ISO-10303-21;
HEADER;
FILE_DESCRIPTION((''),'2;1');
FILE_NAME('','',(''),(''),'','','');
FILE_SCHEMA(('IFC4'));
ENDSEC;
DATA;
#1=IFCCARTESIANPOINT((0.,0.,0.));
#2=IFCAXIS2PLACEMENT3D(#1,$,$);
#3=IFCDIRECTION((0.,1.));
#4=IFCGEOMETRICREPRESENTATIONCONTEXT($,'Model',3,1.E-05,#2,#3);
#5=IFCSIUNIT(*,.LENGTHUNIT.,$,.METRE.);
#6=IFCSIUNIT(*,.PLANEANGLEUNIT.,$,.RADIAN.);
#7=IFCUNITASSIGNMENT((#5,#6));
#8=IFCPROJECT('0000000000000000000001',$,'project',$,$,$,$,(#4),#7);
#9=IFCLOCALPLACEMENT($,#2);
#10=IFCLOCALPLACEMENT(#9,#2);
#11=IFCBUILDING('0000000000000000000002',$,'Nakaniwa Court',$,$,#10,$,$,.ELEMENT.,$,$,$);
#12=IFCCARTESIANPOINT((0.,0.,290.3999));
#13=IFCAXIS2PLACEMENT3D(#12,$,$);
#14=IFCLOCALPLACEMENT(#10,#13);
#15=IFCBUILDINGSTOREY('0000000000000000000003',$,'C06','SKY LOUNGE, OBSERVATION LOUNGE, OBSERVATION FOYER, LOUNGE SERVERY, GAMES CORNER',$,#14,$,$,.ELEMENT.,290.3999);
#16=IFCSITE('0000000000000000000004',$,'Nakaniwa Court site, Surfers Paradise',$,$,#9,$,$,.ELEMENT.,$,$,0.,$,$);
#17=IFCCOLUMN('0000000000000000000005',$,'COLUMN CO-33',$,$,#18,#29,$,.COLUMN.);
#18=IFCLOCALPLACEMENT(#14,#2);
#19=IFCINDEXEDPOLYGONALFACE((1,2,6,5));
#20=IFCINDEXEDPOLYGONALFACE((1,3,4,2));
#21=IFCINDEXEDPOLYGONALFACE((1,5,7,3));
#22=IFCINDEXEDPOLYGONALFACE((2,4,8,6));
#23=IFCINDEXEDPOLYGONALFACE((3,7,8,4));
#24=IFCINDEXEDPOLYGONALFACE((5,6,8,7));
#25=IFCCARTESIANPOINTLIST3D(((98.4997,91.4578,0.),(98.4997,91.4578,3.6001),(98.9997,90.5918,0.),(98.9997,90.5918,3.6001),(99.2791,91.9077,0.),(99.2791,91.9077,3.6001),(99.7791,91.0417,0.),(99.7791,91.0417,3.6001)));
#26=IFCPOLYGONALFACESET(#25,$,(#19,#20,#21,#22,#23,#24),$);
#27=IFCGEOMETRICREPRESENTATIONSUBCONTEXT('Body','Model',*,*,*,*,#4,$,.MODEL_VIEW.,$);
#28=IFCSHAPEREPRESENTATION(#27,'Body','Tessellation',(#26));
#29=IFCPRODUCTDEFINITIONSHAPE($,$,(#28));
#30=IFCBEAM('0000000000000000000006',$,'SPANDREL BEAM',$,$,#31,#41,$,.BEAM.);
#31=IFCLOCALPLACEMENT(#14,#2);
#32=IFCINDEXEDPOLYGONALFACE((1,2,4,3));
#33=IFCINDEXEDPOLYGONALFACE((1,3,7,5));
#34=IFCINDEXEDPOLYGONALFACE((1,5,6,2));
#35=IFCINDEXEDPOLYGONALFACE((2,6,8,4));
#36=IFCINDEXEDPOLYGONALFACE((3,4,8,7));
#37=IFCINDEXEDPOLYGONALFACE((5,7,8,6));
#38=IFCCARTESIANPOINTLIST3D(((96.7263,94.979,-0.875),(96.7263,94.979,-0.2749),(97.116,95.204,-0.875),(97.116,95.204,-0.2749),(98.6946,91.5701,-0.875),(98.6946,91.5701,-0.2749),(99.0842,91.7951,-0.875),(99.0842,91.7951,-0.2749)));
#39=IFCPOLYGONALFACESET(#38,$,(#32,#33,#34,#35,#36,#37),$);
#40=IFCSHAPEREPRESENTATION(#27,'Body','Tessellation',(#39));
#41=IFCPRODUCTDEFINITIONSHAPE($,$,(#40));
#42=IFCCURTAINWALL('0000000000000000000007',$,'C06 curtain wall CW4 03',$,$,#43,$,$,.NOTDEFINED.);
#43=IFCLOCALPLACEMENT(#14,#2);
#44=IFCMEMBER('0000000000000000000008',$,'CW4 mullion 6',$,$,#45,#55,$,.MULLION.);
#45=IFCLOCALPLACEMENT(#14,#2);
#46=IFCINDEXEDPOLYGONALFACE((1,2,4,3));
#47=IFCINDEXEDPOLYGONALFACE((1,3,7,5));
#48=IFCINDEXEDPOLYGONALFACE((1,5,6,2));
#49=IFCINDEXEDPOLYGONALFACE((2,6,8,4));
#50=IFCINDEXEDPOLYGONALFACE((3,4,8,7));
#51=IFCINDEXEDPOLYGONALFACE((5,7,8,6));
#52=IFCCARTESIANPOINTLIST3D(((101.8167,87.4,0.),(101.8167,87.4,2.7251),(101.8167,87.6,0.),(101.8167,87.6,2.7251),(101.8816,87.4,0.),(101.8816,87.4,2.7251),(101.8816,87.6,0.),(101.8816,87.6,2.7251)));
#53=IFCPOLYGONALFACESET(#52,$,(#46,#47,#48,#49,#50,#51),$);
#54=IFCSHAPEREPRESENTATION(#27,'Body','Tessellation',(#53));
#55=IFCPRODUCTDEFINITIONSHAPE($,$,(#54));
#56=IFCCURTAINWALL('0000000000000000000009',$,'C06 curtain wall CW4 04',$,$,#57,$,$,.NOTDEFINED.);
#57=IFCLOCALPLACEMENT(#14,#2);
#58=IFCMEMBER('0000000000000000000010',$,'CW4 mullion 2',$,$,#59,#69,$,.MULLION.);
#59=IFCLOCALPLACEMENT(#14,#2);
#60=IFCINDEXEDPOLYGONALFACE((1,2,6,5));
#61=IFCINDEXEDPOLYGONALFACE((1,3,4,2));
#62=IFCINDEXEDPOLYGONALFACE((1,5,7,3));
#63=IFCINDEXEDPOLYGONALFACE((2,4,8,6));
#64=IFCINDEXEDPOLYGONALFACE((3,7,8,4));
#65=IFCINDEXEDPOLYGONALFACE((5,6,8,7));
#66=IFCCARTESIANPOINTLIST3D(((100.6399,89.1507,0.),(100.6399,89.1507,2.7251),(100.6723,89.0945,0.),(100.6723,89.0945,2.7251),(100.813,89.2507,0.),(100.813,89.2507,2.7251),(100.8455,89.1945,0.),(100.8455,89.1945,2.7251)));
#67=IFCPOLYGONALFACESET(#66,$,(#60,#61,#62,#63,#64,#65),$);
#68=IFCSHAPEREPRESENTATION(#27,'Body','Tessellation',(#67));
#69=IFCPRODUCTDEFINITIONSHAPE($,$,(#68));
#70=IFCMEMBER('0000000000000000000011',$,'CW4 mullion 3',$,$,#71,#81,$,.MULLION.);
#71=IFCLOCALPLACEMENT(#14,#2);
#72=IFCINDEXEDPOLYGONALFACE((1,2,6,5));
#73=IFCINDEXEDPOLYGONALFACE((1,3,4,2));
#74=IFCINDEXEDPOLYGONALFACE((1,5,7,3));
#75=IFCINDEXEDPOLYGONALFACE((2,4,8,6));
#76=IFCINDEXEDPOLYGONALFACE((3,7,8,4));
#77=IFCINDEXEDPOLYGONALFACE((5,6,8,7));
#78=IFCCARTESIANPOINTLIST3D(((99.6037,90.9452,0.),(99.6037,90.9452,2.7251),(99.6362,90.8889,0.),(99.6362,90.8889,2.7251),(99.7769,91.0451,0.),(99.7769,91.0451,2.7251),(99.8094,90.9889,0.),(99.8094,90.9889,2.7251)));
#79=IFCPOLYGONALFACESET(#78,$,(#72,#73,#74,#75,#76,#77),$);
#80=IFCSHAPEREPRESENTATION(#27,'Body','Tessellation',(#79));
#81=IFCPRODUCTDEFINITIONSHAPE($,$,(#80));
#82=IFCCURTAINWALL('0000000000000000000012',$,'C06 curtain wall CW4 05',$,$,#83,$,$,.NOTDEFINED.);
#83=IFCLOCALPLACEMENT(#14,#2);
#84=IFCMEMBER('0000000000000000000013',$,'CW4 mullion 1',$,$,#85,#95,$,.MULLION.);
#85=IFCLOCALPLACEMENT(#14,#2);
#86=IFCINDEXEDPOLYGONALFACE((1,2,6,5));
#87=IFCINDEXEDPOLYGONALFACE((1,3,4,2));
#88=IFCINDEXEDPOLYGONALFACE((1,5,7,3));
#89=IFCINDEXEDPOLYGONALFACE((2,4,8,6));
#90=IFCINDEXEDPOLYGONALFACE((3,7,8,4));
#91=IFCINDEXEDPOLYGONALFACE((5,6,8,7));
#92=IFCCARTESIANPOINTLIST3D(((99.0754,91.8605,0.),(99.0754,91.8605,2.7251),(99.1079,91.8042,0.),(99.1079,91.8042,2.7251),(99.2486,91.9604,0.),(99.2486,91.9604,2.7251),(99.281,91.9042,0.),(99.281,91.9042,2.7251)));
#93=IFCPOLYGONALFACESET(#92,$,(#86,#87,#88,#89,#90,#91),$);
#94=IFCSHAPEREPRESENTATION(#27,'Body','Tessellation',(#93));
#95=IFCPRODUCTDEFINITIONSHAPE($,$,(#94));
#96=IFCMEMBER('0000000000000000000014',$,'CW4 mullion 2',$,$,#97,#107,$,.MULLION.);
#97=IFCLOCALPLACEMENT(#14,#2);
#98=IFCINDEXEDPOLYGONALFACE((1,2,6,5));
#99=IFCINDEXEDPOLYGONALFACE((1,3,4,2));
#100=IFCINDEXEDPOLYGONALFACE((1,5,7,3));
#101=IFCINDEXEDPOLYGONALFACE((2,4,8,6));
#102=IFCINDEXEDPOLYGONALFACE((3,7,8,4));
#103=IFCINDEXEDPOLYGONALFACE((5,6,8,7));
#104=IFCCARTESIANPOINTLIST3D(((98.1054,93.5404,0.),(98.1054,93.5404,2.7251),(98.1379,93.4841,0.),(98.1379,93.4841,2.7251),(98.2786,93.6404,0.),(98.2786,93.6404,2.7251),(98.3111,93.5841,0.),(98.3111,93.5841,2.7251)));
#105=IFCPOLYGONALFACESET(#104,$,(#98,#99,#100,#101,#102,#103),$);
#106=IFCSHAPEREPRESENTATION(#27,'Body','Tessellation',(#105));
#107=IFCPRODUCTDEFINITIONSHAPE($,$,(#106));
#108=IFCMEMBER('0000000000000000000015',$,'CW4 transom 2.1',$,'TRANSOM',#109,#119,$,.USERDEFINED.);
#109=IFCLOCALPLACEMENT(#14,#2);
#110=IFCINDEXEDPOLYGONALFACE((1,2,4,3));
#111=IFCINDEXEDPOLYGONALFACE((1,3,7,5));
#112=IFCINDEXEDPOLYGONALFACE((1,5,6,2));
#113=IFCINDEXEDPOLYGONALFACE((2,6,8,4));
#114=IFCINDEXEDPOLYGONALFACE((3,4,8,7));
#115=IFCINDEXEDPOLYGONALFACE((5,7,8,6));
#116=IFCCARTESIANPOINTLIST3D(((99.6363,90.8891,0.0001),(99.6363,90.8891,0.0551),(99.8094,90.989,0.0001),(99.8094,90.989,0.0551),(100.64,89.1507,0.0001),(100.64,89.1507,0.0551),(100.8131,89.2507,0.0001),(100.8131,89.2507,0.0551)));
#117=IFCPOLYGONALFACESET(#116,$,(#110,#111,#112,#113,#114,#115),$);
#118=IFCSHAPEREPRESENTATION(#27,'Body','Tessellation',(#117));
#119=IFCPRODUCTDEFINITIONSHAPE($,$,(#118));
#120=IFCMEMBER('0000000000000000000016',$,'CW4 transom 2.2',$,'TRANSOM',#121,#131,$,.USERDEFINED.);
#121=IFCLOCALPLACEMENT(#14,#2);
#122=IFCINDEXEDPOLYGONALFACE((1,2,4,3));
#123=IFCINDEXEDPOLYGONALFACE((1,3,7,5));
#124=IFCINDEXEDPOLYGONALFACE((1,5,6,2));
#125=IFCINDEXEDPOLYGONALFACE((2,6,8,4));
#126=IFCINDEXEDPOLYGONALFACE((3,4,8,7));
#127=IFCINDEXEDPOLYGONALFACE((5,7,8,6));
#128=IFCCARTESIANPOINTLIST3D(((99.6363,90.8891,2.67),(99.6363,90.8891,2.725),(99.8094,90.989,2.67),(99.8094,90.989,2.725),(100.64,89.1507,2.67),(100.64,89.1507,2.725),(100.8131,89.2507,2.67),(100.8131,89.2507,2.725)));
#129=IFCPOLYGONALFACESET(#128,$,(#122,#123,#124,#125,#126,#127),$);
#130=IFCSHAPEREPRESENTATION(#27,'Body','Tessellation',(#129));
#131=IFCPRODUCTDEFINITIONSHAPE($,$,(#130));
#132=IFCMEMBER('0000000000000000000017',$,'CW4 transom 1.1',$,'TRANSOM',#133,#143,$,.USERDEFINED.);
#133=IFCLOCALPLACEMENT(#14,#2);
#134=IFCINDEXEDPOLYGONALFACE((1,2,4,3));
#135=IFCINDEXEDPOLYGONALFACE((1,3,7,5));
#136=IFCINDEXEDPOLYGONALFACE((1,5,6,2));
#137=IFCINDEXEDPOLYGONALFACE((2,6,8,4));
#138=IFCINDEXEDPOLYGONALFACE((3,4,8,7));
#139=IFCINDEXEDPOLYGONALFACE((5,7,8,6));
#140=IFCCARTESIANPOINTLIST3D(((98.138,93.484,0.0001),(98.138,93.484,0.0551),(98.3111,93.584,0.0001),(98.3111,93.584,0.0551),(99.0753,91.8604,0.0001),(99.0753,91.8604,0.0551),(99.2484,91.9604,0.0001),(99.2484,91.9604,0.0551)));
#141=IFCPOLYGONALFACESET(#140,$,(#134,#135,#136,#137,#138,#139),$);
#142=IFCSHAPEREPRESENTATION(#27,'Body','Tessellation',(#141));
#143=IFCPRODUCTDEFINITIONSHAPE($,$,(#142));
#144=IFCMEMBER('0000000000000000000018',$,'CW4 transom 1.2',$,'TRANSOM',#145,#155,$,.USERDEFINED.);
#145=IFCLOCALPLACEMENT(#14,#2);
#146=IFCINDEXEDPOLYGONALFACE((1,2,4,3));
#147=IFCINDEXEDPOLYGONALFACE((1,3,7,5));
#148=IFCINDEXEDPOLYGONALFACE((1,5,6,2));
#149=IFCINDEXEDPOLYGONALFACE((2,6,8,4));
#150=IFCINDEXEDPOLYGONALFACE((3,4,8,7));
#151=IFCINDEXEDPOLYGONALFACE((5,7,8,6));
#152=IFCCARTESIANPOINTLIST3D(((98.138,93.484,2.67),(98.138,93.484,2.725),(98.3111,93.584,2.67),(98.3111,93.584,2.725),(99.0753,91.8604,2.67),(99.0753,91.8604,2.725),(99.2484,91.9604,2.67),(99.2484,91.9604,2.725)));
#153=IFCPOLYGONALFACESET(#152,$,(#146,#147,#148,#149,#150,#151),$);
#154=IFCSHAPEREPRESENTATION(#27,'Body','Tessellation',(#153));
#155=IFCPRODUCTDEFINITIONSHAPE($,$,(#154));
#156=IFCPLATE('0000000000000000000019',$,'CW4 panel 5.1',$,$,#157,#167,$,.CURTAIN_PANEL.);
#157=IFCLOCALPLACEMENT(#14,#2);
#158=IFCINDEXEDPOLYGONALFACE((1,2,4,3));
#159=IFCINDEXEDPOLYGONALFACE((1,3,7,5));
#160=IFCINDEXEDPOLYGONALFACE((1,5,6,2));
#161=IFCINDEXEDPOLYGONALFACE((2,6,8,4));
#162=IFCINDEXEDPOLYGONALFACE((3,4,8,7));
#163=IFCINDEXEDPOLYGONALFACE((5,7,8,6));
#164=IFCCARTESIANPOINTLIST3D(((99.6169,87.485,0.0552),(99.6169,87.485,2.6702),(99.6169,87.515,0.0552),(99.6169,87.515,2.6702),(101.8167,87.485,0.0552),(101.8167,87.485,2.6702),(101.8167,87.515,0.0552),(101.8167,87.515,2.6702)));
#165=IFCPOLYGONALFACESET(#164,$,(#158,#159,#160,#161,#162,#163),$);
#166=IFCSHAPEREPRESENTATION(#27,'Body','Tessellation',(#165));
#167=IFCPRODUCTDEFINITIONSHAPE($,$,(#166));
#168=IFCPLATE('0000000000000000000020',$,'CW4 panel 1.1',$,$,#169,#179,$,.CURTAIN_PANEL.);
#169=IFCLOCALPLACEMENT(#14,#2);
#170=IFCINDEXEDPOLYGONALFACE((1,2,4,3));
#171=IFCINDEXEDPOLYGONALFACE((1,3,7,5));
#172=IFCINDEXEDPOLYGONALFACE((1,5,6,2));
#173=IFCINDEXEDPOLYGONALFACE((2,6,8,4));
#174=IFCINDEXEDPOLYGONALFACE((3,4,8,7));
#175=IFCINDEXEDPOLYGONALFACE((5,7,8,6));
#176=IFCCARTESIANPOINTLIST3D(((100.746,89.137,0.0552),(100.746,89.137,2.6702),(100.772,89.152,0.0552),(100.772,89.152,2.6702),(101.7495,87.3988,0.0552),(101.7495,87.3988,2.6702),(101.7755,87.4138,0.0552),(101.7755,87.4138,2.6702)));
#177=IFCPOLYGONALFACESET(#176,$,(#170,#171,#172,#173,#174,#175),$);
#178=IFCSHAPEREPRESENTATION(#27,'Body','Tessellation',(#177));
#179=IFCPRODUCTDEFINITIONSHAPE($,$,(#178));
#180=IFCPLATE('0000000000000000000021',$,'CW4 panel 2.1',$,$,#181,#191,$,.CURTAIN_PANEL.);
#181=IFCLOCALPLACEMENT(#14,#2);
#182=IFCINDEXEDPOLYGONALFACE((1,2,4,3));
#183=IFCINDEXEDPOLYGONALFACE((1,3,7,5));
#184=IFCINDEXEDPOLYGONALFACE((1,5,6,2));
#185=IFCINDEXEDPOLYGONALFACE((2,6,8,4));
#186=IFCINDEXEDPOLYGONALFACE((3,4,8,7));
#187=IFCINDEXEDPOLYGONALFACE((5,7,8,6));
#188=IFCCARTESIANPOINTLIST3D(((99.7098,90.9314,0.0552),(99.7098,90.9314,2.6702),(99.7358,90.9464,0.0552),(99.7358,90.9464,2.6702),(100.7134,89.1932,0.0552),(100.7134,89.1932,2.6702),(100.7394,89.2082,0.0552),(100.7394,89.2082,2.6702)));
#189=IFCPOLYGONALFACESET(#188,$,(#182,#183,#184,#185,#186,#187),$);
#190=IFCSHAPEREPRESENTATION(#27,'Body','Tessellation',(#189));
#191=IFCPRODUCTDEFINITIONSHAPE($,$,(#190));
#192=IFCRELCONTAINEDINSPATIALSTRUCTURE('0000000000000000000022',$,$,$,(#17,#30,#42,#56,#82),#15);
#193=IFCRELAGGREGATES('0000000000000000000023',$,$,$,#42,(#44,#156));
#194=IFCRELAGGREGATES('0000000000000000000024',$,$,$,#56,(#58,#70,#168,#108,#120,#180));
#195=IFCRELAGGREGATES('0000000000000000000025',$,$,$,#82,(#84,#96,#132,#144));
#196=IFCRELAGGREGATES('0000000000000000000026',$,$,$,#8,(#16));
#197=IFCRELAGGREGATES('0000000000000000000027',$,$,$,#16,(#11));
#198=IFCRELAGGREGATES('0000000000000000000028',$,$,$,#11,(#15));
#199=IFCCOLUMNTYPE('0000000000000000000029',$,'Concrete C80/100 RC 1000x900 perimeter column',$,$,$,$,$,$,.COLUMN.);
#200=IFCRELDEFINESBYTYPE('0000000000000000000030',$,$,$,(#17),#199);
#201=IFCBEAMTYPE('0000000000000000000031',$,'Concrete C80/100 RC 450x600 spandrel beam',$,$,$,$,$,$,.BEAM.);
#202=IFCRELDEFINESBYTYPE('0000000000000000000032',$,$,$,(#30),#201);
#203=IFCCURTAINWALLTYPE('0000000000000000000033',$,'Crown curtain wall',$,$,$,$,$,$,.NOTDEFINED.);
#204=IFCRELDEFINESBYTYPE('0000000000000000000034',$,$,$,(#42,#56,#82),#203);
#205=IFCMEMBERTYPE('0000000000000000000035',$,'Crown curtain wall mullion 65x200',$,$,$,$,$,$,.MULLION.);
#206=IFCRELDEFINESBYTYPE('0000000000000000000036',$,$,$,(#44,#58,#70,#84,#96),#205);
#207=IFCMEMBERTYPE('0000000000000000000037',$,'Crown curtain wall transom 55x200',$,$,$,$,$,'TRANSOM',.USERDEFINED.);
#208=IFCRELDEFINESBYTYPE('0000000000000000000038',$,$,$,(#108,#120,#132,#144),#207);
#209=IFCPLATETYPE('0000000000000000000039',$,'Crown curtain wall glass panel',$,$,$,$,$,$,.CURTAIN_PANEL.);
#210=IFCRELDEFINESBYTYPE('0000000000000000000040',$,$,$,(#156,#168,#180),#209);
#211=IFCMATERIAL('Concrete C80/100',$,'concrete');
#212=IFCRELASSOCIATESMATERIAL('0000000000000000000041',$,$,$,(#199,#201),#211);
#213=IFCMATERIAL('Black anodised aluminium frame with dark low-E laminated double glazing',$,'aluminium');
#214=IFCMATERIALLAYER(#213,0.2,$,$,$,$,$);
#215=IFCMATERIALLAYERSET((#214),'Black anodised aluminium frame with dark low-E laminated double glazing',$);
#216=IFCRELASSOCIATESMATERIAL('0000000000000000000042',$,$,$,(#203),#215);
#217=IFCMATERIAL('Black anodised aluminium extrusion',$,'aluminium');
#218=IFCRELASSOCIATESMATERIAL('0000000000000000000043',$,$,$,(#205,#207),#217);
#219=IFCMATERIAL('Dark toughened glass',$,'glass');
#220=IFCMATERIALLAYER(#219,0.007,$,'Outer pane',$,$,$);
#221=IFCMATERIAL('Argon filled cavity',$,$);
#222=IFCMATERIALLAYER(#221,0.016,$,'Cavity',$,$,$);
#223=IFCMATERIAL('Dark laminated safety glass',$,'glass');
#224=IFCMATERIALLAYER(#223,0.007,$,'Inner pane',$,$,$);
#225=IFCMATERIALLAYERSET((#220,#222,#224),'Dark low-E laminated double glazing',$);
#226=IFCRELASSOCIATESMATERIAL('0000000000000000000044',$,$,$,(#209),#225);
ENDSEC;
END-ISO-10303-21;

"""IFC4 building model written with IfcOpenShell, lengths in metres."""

from ifc_helpers import new_model, si_unit, direction, frame, origin, origin_2d, place, context, subcontext, project, spatial, rectangle, extrude, material, layer, layer_set, material_profile, profile_set, type_object, element, aggregate, save


model = new_model("IFC4")

# Units and contexts
model_context = context("Model", 3, precision=1e-05, world=origin(), true_north=direction((0.0, 1.0)))
body_context = subcontext(model_context, "Body", "Model", "MODEL_VIEW")
ifc_project = project(units=[si_unit("LENGTHUNIT", "METRE"), si_unit("PLANEANGLEUNIT", "RADIAN")], contexts=[model_context])

# Site, building, storey
site_placement = place(None, origin())
site = spatial("IfcSite", under=ifc_project, at=site_placement, Name="Nakaniwa Court site, Surfers Paradise", CompositionType="ELEMENT", RefElevation=0.0)
building_placement = place(site_placement, origin())
building = spatial("IfcBuilding", under=site, at=building_placement, Name="Nakaniwa Court", CompositionType="ELEMENT")
storey_placement = place(building_placement, frame((0.0, 0.0, 290.3999)))
storey = spatial("IfcBuildingStorey", under=building, at=storey_placement, Name="C06", Description="SKY LOUNGE, OBSERVATION LOUNGE, OBSERVATION FOYER, LOUNGE SERVERY, GAMES CORNER", CompositionType="ELEMENT", Elevation=290.3999)

# Column
ifc_material_1 = material(Name="Concrete C80/100", Category="concrete")
ifc_material_profile_1 = material_profile(ifc_material_1, rectangle(XDim=1.0, YDim=0.8999, at=origin_2d()), Name="Concrete C80/100 RC 1000x900 perimeter column")
ifc_profile_set_1 = profile_set([ifc_material_profile_1], Name="Concrete C80/100")
column_type = type_object("IfcColumnType", Name="Concrete C80/100 RC 1000x900 perimeter column", PredefinedType="COLUMN", material=ifc_profile_set_1)
column_placement = place(storey_placement, frame((99.1394, 91.2498, 0.0), z_axis=(0.0, 0.0, 1.0), x_axis=(-0.5, 0.866025, 0.0)))
element("IfcColumn", 1, at=column_placement, inside=storey, type_object=column_type, Name="COLUMN CO-33", PredefinedType="COLUMN", context=body_context, shape_type="SweptSolid", body=[
    extrude(rectangle(XDim=1.0, YDim=0.8999, at=origin_2d()), origin(), (0.0, 0.0, 1.0), 3.6001),
])

# Beam
ifc_material_profile_2 = material_profile(ifc_material_1, rectangle(XDim=0.45, YDim=0.6001, at=origin_2d()), Name="Concrete C80/100 RC 450x600 spandrel beam")
ifc_profile_set_2 = profile_set([ifc_material_profile_2], Name="Concrete C80/100")
beam_type = type_object("IfcBeamType", Name="Concrete C80/100 RC 450x600 spandrel beam", PredefinedType="BEAM", material=ifc_profile_set_2)
beam_placement = place(storey_placement, frame((98.8894, 91.6826, -0.575), z_axis=(-0.500021, 0.866013, 0.0), x_axis=(-0.866013, -0.500021, 0.0)))
element("IfcBeam", 2, at=beam_placement, inside=storey, type_object=beam_type, Name="SPANDREL BEAM", PredefinedType="BEAM", context=body_context, shape_type="SweptSolid", body=[
    extrude(rectangle(XDim=0.45, YDim=0.6001, at=origin_2d()), origin(), (0.0, 0.0, 1.0), 3.9363),
])

# Curtain wall, member
ifc_material_2 = material(Name="Black anodised aluminium frame with dark low-E laminated double glazing", Category="aluminium")
ifc_layer_1 = layer(ifc_material_2, 0.2)
ifc_layer_set_1 = layer_set([ifc_layer_1], Name="Black anodised aluminium frame with dark low-E laminated double glazing")
curtain_wall_type = type_object("IfcCurtainWallType", Name="Crown curtain wall", PredefinedType="NOTDEFINED", material=ifc_layer_set_1)
curtain_wall_1_placement = place(storey_placement, origin())
curtain_wall_1 = element("IfcCurtainWall", 3, at=curtain_wall_1_placement, inside=storey, type_object=curtain_wall_type, Name="C06 curtain wall CW4 03", PredefinedType="NOTDEFINED")
ifc_material_3 = material(Name="Black anodised aluminium extrusion", Category="aluminium")
ifc_material_profile_3 = material_profile(ifc_material_3, rectangle(XDim=0.2, YDim=0.0649, at=origin_2d()), Name="Crown curtain wall mullion 65x200")
ifc_profile_set_3 = profile_set([ifc_material_profile_3], Name="Black anodised aluminium extrusion")
member_type_1 = type_object("IfcMemberType", Name="Crown curtain wall mullion 65x200", PredefinedType="MULLION", material=ifc_profile_set_3)
member_1_placement = place(storey_placement, frame((101.8491, 87.5, 0.0), z_axis=(0.0, 0.0, 1.0), x_axis=(0.0, 1.0, 0.0)))
member_1 = element("IfcMember", 4, at=member_1_placement, type_object=member_type_1, Name="CW4 mullion 6", PredefinedType="MULLION", context=body_context, shape_type="SweptSolid", body=[
    extrude(rectangle(XDim=0.2, YDim=0.0649, at=origin_2d()), origin(), (0.0, 0.0, 1.0), 2.7251),
])

# Curtain walls, members
curtain_wall_2_placement = place(storey_placement, origin())
curtain_wall_2 = element("IfcCurtainWall", 5, at=curtain_wall_2_placement, inside=storey, type_object=curtain_wall_type, Name="C06 curtain wall CW4 04", PredefinedType="NOTDEFINED")
member_2_placement = place(storey_placement, frame((100.7427, 89.1726, 0.0), z_axis=(0.0, 0.0, 1.0), x_axis=(-0.866021, -0.500008, 0.0)))
member_2 = element("IfcMember", 6, at=member_2_placement, type_object=member_type_1, Name="CW4 mullion 2", PredefinedType="MULLION", context=body_context, shape_type="SweptSolid", body=[
    extrude(rectangle(XDim=0.2, YDim=0.0649, at=origin_2d()), origin(), (0.0, 0.0, 1.0), 2.7251),
])
member_3_placement = place(storey_placement, frame((99.7065, 90.967, 0.0), z_axis=(0.0, 0.0, 1.0), x_axis=(-0.866021, -0.500008, 0.0)))
member_3 = element("IfcMember", 7, at=member_3_placement, type_object=member_type_1, Name="CW4 mullion 3", PredefinedType="MULLION", context=body_context, shape_type="SweptSolid", body=[
    extrude(rectangle(XDim=0.2, YDim=0.0649, at=origin_2d()), origin(), (0.0, 0.0, 1.0), 2.7251),
])
curtain_wall_3_placement = place(storey_placement, origin())
curtain_wall_3 = element("IfcCurtainWall", 8, at=curtain_wall_3_placement, inside=storey, type_object=curtain_wall_type, Name="C06 curtain wall CW4 05", PredefinedType="NOTDEFINED")
member_4_placement = place(storey_placement, frame((99.1782, 91.8823, 0.0), z_axis=(0.0, 0.0, 1.0), x_axis=(-0.866033, -0.499987, 0.0)))
member_4 = element("IfcMember", 9, at=member_4_placement, type_object=member_type_1, Name="CW4 mullion 1", PredefinedType="MULLION", context=body_context, shape_type="SweptSolid", body=[
    extrude(rectangle(XDim=0.2, YDim=0.0649, at=origin_2d()), origin(), (0.0, 0.0, 1.0), 2.7251),
])
member_5_placement = place(storey_placement, frame((98.2083, 93.5623, 0.0), z_axis=(0.0, 0.0, 1.0), x_axis=(-0.866033, -0.499987, 0.0)))
member_5 = element("IfcMember", 10, at=member_5_placement, type_object=member_type_1, Name="CW4 mullion 2", PredefinedType="MULLION", context=body_context, shape_type="SweptSolid", body=[
    extrude(rectangle(XDim=0.2, YDim=0.0649, at=origin_2d()), origin(), (0.0, 0.0, 1.0), 2.7251),
])

# Members
ifc_material_profile_4 = material_profile(ifc_material_3, rectangle(XDim=0.2, YDim=0.0549, at=origin_2d()), Name="Crown curtain wall transom 55x200")
ifc_profile_set_4 = profile_set([ifc_material_profile_4], Name="Black anodised aluminium extrusion")
member_type_2 = type_object("IfcMemberType", Name="Crown curtain wall transom 55x200", ElementType="TRANSOM", PredefinedType="USERDEFINED", material=ifc_profile_set_4)
member_6_placement = place(storey_placement, frame((100.7266, 89.2007, 0.0276), z_axis=(-0.500024, 0.866011, 0.0), x_axis=(-0.866011, -0.500024, 0.0)))
member_6 = element("IfcMember", 11, at=member_6_placement, type_object=member_type_2, Name="CW4 transom 2.1", ObjectType="TRANSOM", PredefinedType="USERDEFINED", context=body_context, shape_type="SweptSolid", body=[
    extrude(rectangle(XDim=0.2, YDim=0.0549, at=origin_2d()), origin(), (0.0, 0.0, 1.0), 2.0073),
])
member_7_placement = place(storey_placement, frame((100.7266, 89.2007, 2.6975), z_axis=(-0.500024, 0.866011, 0.0), x_axis=(-0.866011, -0.500024, 0.0)))
member_7 = element("IfcMember", 12, at=member_7_placement, type_object=member_type_2, Name="CW4 transom 2.2", ObjectType="TRANSOM", PredefinedType="USERDEFINED", context=body_context, shape_type="SweptSolid", body=[
    extrude(rectangle(XDim=0.2, YDim=0.0549, at=origin_2d()), origin(), (0.0, 0.0, 1.0), 2.0073),
])
member_8_placement = place(storey_placement, frame((99.1619, 91.9104, 0.0276), z_axis=(-0.499963, 0.866047, 0.0), x_axis=(-0.866047, -0.499963, 0.0)))
member_8 = element("IfcMember", 13, at=member_8_placement, type_object=member_type_2, Name="CW4 transom 1.1", ObjectType="TRANSOM", PredefinedType="USERDEFINED", context=body_context, shape_type="SweptSolid", body=[
    extrude(rectangle(XDim=0.2, YDim=0.0549, at=origin_2d()), origin(), (0.0, 0.0, 1.0), 1.8748),
])
member_9_placement = place(storey_placement, frame((99.1619, 91.9104, 2.6975), z_axis=(-0.499963, 0.866047, 0.0), x_axis=(-0.866047, -0.499963, 0.0)))
member_9 = element("IfcMember", 14, at=member_9_placement, type_object=member_type_2, Name="CW4 transom 1.2", ObjectType="TRANSOM", PredefinedType="USERDEFINED", context=body_context, shape_type="SweptSolid", body=[
    extrude(rectangle(XDim=0.2, YDim=0.0549, at=origin_2d()), origin(), (0.0, 0.0, 1.0), 1.8748),
])

# Plates
ifc_material_4 = material(Name="Dark toughened glass", Category="glass")
ifc_layer_2 = layer(ifc_material_4, 0.007, Name="Outer pane")
ifc_material_5 = material(Name="Argon filled cavity")
ifc_layer_3 = layer(ifc_material_5, 0.016, Name="Cavity")
ifc_material_6 = material(Name="Dark laminated safety glass", Category="glass")
ifc_layer_4 = layer(ifc_material_6, 0.007, Name="Inner pane")
ifc_layer_set_2 = layer_set([ifc_layer_2, ifc_layer_3, ifc_layer_4], Name="Dark low-E laminated double glazing")
plate_type = type_object("IfcPlateType", Name="Crown curtain wall glass panel", PredefinedType="CURTAIN_PANEL", material=ifc_layer_set_2)
plate_1_placement = place(storey_placement, frame((100.7168, 87.5, 0.0552), z_axis=(0.0, 0.0, 1.0), x_axis=(1.0, 0.0, 0.0)))
plate_1 = element("IfcPlate", 15, at=plate_1_placement, type_object=plate_type, Name="CW4 panel 5.1", PredefinedType="CURTAIN_PANEL", context=body_context, shape_type="SweptSolid", body=[
    extrude(rectangle(XDim=2.1997, YDim=0.03, at=origin_2d()), origin(), (0.0, 0.0, 1.0), 2.615),
])
aggregate(curtain_wall_1, [member_1, plate_1])
plate_2_placement = place(storey_placement, frame((101.2607, 88.2754, 0.0552), z_axis=(0.0, 0.0, 1.0), x_axis=(-0.500008, 0.866021, 0.0)))
plate_2 = element("IfcPlate", 16, at=plate_2_placement, type_object=plate_type, Name="CW4 panel 1.1", PredefinedType="CURTAIN_PANEL", context=body_context, shape_type="SweptSolid", body=[
    extrude(rectangle(XDim=2.0071, YDim=0.03, at=origin_2d()), origin(), (0.0, 0.0, 1.0), 2.615),
])
plate_3_placement = place(storey_placement, frame((100.2246, 90.0698, 0.0552), z_axis=(0.0, 0.0, 1.0), x_axis=(-0.500008, 0.866021, 0.0)))
plate_3 = element("IfcPlate", 17, at=plate_3_placement, type_object=plate_type, Name="CW4 panel 2.1", PredefinedType="CURTAIN_PANEL", context=body_context, shape_type="SweptSolid", body=[
    extrude(rectangle(XDim=2.0071, YDim=0.03, at=origin_2d()), origin(), (0.0, 0.0, 1.0), 2.615),
])
aggregate(curtain_wall_2, [member_2, member_3, plate_2, member_6, member_7, plate_3])
aggregate(curtain_wall_3, [member_4, member_5, member_8, member_9])

save(model, "model.ifc")
